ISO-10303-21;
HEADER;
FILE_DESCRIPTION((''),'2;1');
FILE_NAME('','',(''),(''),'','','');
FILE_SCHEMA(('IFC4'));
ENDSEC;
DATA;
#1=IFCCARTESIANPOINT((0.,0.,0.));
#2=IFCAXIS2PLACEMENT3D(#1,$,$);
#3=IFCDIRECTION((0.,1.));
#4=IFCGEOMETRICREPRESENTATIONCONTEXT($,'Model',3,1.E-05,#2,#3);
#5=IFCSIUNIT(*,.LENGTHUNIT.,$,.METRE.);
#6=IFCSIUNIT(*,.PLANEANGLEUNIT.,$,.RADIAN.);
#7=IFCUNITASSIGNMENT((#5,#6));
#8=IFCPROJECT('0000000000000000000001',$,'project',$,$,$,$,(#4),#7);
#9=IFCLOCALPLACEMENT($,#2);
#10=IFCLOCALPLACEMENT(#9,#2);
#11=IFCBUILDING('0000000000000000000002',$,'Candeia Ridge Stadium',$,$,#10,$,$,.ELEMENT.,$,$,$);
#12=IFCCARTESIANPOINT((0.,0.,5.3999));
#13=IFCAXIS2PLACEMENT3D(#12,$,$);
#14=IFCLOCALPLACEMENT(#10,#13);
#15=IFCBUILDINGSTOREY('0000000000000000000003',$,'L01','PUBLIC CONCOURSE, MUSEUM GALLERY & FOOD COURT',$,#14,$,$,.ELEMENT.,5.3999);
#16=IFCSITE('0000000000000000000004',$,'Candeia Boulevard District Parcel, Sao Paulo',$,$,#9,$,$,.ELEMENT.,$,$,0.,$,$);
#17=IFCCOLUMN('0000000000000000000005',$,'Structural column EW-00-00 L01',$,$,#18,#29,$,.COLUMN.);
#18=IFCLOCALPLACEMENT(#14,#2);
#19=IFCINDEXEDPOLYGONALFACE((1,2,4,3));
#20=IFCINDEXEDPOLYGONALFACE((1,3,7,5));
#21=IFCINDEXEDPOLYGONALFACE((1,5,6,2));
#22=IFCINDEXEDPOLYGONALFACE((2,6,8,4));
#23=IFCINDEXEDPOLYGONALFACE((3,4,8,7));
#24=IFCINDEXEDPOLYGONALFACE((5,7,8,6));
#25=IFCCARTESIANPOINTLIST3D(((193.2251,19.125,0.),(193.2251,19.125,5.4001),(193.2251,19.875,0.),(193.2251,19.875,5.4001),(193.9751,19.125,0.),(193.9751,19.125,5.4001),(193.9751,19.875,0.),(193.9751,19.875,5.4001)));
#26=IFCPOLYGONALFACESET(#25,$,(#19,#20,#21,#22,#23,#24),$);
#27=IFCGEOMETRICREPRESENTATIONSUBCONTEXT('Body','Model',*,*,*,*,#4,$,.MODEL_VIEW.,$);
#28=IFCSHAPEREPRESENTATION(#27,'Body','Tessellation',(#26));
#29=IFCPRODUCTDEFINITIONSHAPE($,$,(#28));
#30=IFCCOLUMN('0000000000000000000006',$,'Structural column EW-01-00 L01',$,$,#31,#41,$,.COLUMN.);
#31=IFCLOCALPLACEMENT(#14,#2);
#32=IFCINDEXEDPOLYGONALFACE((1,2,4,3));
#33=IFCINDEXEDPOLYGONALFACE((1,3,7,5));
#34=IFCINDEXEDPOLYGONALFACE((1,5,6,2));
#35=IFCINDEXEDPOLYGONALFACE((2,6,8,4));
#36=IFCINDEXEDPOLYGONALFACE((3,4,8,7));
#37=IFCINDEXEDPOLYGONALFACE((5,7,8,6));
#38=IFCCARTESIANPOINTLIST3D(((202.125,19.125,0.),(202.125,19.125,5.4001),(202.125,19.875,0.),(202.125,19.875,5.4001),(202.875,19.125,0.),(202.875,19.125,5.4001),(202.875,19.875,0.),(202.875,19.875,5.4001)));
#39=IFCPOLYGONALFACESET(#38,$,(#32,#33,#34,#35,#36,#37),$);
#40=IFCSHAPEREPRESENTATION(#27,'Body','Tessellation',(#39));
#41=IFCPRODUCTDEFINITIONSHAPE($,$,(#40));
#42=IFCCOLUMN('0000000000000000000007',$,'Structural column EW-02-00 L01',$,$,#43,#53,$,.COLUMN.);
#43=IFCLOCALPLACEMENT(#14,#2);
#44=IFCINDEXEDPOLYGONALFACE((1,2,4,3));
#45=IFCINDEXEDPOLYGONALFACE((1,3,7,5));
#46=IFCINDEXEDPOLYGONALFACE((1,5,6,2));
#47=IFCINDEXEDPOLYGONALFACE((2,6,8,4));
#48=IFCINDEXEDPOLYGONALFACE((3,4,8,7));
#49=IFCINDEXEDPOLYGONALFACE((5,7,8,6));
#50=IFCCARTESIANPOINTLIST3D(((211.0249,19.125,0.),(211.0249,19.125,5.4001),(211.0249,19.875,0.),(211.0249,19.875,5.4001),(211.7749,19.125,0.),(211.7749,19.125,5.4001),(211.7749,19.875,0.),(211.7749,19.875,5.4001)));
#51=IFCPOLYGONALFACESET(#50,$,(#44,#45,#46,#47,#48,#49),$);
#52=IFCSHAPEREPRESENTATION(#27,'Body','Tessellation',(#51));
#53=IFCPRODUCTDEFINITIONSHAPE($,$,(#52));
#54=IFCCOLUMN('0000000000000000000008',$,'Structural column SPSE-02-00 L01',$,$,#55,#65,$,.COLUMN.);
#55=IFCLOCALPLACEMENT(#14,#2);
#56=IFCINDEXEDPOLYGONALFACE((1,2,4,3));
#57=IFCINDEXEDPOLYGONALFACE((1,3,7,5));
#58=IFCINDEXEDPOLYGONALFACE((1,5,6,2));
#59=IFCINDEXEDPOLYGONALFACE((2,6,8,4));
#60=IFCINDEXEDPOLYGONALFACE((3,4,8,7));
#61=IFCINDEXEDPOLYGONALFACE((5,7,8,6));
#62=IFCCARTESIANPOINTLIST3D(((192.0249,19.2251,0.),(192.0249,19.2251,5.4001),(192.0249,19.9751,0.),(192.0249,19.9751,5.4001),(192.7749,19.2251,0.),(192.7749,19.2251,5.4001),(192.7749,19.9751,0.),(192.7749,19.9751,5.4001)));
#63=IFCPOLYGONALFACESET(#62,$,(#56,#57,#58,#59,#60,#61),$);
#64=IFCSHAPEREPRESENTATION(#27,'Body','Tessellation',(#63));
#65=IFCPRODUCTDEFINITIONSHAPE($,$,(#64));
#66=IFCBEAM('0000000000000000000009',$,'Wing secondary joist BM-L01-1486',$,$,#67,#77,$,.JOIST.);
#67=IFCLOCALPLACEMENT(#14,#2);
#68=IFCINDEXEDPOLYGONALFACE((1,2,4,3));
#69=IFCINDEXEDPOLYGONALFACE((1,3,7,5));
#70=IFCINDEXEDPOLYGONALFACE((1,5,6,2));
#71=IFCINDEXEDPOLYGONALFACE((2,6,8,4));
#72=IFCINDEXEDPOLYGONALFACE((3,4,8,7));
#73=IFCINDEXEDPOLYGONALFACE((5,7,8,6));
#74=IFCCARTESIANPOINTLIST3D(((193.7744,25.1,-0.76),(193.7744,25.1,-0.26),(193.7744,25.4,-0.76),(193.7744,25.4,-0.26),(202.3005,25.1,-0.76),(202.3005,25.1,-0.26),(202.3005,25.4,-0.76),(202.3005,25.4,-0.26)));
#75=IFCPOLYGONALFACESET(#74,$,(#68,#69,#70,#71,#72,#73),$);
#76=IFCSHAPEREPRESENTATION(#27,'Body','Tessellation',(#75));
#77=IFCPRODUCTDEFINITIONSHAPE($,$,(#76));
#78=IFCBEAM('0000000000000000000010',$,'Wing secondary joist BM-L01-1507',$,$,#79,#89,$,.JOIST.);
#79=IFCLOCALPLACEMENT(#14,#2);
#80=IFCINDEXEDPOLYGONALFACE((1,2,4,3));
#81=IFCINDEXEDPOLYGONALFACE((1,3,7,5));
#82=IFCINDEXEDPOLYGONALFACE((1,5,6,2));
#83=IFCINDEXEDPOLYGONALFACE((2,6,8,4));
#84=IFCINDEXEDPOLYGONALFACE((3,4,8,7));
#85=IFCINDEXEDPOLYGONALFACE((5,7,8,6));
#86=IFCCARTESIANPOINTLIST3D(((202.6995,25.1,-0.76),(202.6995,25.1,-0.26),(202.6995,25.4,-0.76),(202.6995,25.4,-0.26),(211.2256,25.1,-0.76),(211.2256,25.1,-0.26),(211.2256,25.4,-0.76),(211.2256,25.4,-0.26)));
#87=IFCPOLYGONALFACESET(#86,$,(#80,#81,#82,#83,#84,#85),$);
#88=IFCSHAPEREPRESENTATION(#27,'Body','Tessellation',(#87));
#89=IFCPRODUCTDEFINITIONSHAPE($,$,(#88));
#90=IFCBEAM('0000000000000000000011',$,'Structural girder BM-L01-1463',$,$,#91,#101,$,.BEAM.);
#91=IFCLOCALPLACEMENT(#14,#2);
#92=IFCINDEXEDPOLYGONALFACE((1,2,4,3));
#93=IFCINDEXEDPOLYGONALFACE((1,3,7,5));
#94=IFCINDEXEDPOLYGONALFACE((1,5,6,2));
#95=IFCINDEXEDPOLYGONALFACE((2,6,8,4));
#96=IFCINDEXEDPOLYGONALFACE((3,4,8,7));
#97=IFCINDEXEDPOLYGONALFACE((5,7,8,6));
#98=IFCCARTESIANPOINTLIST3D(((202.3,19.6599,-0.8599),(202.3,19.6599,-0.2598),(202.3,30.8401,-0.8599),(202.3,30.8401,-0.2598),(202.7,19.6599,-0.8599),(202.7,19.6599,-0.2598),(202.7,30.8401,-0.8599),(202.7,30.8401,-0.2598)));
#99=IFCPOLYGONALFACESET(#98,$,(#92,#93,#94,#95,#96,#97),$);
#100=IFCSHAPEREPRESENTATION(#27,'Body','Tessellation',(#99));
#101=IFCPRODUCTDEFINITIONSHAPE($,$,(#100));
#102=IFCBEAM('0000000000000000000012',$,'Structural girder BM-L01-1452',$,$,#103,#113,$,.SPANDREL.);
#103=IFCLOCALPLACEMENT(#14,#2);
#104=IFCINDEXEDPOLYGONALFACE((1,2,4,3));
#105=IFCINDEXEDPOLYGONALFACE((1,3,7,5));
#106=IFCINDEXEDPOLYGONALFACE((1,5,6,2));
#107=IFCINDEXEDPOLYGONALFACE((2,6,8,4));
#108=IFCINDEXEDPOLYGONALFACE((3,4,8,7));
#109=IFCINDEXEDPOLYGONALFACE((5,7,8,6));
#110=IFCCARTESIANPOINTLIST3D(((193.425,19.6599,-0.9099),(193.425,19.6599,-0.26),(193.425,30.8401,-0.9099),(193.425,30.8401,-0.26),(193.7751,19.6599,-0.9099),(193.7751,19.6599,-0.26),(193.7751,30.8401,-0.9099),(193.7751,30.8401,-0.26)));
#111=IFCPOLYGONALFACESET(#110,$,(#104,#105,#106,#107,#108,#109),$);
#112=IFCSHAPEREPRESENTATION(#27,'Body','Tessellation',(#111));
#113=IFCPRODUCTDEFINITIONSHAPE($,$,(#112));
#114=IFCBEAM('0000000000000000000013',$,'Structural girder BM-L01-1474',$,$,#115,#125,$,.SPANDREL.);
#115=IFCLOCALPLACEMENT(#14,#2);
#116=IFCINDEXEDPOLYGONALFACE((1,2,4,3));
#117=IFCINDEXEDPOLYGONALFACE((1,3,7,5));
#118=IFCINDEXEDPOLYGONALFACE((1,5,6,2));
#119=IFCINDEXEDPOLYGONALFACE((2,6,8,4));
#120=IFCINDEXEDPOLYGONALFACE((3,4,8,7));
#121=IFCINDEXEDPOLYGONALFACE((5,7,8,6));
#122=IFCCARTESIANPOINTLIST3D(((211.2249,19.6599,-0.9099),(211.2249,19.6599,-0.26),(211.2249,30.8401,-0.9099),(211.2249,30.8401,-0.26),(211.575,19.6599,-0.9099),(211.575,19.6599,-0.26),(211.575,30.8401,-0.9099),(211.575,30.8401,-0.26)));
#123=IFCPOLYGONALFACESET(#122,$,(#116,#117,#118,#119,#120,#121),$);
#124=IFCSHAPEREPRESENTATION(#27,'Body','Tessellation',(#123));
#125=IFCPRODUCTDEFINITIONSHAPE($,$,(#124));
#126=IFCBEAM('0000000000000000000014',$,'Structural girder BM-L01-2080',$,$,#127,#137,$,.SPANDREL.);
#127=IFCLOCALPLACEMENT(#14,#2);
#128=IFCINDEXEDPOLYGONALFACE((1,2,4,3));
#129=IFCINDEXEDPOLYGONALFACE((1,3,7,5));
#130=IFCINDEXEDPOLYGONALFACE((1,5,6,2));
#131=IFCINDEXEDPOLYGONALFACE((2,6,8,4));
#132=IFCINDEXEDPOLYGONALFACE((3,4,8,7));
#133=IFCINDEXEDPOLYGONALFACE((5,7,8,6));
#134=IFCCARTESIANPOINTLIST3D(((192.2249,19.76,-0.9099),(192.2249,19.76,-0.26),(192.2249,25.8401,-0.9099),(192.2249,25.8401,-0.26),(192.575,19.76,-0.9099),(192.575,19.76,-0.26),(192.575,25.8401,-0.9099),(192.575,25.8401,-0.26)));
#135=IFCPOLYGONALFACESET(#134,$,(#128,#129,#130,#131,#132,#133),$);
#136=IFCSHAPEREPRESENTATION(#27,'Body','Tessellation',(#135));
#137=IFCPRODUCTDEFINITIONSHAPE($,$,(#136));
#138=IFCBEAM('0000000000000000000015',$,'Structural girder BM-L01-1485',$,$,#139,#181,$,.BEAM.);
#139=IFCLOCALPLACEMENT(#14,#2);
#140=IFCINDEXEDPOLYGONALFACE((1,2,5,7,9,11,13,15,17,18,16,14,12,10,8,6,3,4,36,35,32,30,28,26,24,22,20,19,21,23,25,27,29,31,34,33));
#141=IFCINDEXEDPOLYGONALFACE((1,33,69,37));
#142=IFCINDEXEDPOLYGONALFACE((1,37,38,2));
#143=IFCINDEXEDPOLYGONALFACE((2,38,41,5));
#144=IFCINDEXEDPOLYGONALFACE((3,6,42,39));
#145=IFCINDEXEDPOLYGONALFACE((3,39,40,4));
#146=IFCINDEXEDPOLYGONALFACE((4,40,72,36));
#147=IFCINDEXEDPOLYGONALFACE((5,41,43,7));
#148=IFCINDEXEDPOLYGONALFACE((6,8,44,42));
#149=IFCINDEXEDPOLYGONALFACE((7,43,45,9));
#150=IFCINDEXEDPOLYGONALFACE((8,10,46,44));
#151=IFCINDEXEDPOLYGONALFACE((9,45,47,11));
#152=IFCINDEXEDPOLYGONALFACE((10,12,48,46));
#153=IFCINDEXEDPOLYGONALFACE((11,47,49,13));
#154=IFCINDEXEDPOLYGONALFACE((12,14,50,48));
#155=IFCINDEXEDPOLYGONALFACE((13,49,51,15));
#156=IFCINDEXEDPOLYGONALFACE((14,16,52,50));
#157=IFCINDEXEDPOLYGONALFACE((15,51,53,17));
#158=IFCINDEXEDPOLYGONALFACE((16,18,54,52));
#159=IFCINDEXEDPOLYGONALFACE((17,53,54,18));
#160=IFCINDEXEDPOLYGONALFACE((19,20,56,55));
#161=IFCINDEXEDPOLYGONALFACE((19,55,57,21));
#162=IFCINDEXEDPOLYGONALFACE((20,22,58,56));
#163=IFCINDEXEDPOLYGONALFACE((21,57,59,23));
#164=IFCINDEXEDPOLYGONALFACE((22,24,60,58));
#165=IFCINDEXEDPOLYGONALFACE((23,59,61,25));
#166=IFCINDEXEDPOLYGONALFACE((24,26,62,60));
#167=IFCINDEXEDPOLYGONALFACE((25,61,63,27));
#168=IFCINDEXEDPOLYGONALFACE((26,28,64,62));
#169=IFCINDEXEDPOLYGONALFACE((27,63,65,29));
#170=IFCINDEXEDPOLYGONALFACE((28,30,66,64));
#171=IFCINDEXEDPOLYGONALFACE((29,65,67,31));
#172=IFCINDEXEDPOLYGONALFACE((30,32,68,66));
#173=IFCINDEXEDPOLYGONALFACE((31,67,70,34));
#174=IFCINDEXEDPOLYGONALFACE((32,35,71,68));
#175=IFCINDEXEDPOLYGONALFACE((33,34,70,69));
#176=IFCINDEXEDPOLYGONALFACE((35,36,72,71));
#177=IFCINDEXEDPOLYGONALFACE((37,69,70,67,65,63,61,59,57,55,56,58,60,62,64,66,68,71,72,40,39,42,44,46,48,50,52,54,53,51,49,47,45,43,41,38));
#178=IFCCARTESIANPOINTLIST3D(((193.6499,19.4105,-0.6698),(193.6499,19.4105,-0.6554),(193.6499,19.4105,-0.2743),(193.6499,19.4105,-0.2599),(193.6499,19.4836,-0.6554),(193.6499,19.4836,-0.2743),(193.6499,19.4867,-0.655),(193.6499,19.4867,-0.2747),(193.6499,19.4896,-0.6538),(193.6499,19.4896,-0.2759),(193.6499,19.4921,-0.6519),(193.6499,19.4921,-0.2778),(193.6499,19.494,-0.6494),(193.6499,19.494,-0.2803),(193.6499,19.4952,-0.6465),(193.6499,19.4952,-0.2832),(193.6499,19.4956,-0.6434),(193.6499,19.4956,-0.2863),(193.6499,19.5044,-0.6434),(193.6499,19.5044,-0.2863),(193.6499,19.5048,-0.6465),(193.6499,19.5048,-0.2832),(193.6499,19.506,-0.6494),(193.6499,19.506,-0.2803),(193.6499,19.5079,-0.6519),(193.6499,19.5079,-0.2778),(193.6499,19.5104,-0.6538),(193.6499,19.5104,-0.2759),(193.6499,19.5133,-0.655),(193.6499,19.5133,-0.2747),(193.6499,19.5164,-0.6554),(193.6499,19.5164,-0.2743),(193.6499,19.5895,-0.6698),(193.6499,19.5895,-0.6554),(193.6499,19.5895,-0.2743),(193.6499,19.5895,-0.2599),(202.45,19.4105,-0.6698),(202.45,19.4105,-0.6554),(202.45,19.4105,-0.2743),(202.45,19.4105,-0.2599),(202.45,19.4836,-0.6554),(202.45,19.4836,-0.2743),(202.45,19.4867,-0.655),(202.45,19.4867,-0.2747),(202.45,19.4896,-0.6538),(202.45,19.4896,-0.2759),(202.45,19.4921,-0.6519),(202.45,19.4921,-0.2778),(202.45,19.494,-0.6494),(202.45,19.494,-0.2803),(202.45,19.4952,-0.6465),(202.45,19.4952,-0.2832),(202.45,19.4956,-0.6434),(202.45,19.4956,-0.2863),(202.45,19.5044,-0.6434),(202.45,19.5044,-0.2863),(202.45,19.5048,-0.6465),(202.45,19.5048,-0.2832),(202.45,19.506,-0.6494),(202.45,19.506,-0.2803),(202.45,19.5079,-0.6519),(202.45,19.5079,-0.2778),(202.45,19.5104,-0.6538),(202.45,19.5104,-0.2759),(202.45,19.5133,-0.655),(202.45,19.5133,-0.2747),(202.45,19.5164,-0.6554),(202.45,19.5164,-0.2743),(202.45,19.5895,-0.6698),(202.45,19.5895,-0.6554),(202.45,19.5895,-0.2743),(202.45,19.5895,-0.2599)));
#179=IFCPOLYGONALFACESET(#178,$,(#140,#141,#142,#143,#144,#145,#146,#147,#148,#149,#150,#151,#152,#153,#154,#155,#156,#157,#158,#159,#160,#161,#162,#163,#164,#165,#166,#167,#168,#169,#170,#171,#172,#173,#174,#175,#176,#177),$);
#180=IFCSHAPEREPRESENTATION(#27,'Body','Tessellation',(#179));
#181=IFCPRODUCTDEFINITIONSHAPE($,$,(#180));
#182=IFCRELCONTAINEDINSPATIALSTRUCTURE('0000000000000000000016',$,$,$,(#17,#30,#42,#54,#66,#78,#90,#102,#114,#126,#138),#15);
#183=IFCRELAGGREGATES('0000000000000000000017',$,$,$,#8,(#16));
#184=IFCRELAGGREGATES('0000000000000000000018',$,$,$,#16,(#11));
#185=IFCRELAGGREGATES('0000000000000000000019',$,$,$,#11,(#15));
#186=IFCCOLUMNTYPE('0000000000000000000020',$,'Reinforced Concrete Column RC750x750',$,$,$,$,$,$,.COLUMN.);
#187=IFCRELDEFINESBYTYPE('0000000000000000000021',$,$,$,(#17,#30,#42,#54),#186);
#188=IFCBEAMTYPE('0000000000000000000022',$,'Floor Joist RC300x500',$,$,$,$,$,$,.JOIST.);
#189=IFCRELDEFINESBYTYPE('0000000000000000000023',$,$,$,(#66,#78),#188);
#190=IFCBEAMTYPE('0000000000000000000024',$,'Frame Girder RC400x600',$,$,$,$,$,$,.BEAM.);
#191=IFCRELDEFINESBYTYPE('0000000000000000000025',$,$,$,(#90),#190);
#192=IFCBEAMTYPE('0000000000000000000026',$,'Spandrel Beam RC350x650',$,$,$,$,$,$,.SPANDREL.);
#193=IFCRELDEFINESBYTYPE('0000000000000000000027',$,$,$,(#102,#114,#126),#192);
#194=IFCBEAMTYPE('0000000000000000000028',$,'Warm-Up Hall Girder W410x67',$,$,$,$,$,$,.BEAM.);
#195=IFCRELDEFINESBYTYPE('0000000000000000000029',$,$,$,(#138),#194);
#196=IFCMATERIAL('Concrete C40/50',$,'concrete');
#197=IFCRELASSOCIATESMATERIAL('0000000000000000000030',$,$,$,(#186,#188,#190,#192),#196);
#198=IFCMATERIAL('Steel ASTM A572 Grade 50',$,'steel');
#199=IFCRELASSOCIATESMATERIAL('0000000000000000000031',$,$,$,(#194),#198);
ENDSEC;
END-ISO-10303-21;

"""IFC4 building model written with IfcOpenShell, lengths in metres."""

from ifc_helpers import new_model, si_unit, direction, frame, origin, origin_2d, place, context, subcontext, project, spatial, rectangle, i_section, extrude, material, material_profile, profile_set, type_object, element, save


model = new_model("IFC4")

# Units and contexts
model_context = context("Model", 3, precision=1e-05, world=origin(), true_north=direction((0.0, 1.0)))
body_context = subcontext(model_context, "Body", "Model", "MODEL_VIEW")
ifc_project = project(units=[si_unit("LENGTHUNIT", "METRE"), si_unit("PLANEANGLEUNIT", "RADIAN")], contexts=[model_context])

# Site, building, storey
site_placement = place(None, origin())
site = spatial("IfcSite", under=ifc_project, at=site_placement, Name="Candeia Boulevard District Parcel, Sao Paulo", CompositionType="ELEMENT", RefElevation=0.0)
building_placement = place(site_placement, origin())
building = spatial("IfcBuilding", under=site, at=building_placement, Name="Candeia Ridge Stadium", CompositionType="ELEMENT")
storey_placement = place(building_placement, frame((0.0, 0.0, 5.3999)))
storey = spatial("IfcBuildingStorey", under=building, at=storey_placement, Name="L01", Description="PUBLIC CONCOURSE, MUSEUM GALLERY & FOOD COURT", CompositionType="ELEMENT", Elevation=5.3999)

# Columns
ifc_material_1 = material(Name="Concrete C40/50", Category="concrete")
ifc_material_profile_1 = material_profile(ifc_material_1, rectangle(XDim=0.75, YDim=0.75, at=origin_2d()), Name="RC750x750", Category="concrete")
ifc_profile_set_1 = profile_set([ifc_material_profile_1], Name="Concrete C40/50")
column_type = type_object("IfcColumnType", Name="Reinforced Concrete Column RC750x750", PredefinedType="COLUMN", material=ifc_profile_set_1)
for number, where, z_axis, x_axis, name in (
    (1, (193.6001, 19.5, 0.0), (0.0, 0.0, 1.0), (1.0, 0.0, 0.0), "Structural column EW-00-00 L01"),
    (2, (202.5, 19.5, 0.0), (0.0, 0.0, 1.0), (1.0, 0.0, 0.0), "Structural column EW-01-00 L01"),
    (3, (211.3999, 19.5, 0.0), (0.0, 0.0, 1.0), (1.0, 0.0, 0.0), "Structural column EW-02-00 L01"),
    (4, (192.3999, 19.6001, 0.0), (0.0, 0.0, 1.0), (1.0, 0.0, 0.0), "Structural column SPSE-02-00 L01"),
):
    element("IfcColumn", number, at=place(storey_placement, frame(where, z_axis=z_axis, x_axis=x_axis)), inside=storey, type_object=column_type, Name=name, PredefinedType="COLUMN", context=body_context, shape_type="SweptSolid", body=[
        extrude(rectangle(XDim=0.75, YDim=0.75, at=origin_2d()), origin(), (0.0, 0.0, 1.0), 5.4001),
    ])

# Beams
ifc_material_profile_2 = material_profile(ifc_material_1, rectangle(XDim=0.3, YDim=0.5, at=origin_2d()), Name="RC300x500", Category="concrete")
ifc_profile_set_2 = profile_set([ifc_material_profile_2], Name="Concrete C40/50")
beam_type_1 = type_object("IfcBeamType", Name="Floor Joist RC300x500", PredefinedType="JOIST", material=ifc_profile_set_2)
for number, where, z_axis, x_axis, name in (
    (5, (193.7744, 25.25, -0.51), (1.0, 0.0, 0.0), (0.0, 1.0, 0.0), "Wing secondary joist BM-L01-1486"),
    (6, (202.6995, 25.25, -0.51), (1.0, 0.0, 0.0), (0.0, 1.0, 0.0), "Wing secondary joist BM-L01-1507"),
):
    element("IfcBeam", number, at=place(storey_placement, frame(where, z_axis=z_axis, x_axis=x_axis)), inside=storey, type_object=beam_type_1, Name=name, PredefinedType="JOIST", context=body_context, shape_type="SweptSolid", body=[
        extrude(rectangle(XDim=0.3, YDim=0.5, at=origin_2d()), origin(), (0.0, 0.0, 1.0), 8.5261),
    ])
ifc_material_profile_3 = material_profile(ifc_material_1, rectangle(XDim=0.3999, YDim=0.6001, at=origin_2d()), Name="RC400x600", Category="concrete")
ifc_profile_set_3 = profile_set([ifc_material_profile_3], Name="Concrete C40/50")
beam_type_2 = type_object("IfcBeamType", Name="Frame Girder RC400x600", PredefinedType="BEAM", material=ifc_profile_set_3)
beam_1_placement = place(storey_placement, frame((202.5, 19.6599, -0.5598), z_axis=(0.0, 1.0, 0.0), x_axis=(-1.0, 0.0, 0.0)))
element("IfcBeam", 7, at=beam_1_placement, inside=storey, type_object=beam_type_2, Name="Structural girder BM-L01-1463", PredefinedType="BEAM", context=body_context, shape_type="SweptSolid", body=[
    extrude(rectangle(XDim=0.3999, YDim=0.6001, at=origin_2d()), origin(), (0.0, 0.0, 1.0), 11.1802),
])
ifc_material_profile_4 = material_profile(ifc_material_1, rectangle(XDim=0.3501, YDim=0.6499, at=origin_2d()), Name="RC350x650", Category="concrete")
ifc_profile_set_4 = profile_set([ifc_material_profile_4], Name="Concrete C40/50")
beam_type_3 = type_object("IfcBeamType", Name="Spandrel Beam RC350x650", PredefinedType="SPANDREL", material=ifc_profile_set_4)
for number, where, z_axis, x_axis, name in (
    (8, (193.6001, 19.6599, -0.585), (0.0, 1.0, 0.0), (-1.0, 0.0, 0.0), "Structural girder BM-L01-1452"),
    (9, (211.3999, 19.6599, -0.585), (0.0, 1.0, 0.0), (-1.0, 0.0, 0.0), "Structural girder BM-L01-1474"),
):
    element("IfcBeam", number, at=place(storey_placement, frame(where, z_axis=z_axis, x_axis=x_axis)), inside=storey, type_object=beam_type_3, Name=name, PredefinedType="SPANDREL", context=body_context, shape_type="SweptSolid", body=[
        extrude(rectangle(XDim=0.3501, YDim=0.6499, at=origin_2d()), origin(), (0.0, 0.0, 1.0), 11.1802),
    ])
beam_2_placement = place(storey_placement, frame((192.3999, 19.76, -0.585), z_axis=(0.0, 1.0, 0.0), x_axis=(-1.0, 0.0, 0.0)))
element("IfcBeam", 10, at=beam_2_placement, inside=storey, type_object=beam_type_3, Name="Structural girder BM-L01-2080", PredefinedType="SPANDREL", context=body_context, shape_type="SweptSolid", body=[
    extrude(rectangle(XDim=0.3501, YDim=0.6499, at=origin_2d()), origin(), (0.0, 0.0, 1.0), 6.0801),
])
ifc_material_2 = material(Name="Steel ASTM A572 Grade 50", Category="steel")
ifc_material_profile_5 = material_profile(ifc_material_2, i_section(OverallWidth=0.179, OverallDepth=0.4099, WebThickness=0.0088, FlangeThickness=0.0144, FilletRadius=0.012, at=origin_2d()), Name="W410x67", Category="steel")
ifc_profile_set_5 = profile_set([ifc_material_profile_5], Name="Steel ASTM A572 Grade 50")
beam_type_4 = type_object("IfcBeamType", Name="Warm-Up Hall Girder W410x67", PredefinedType="BEAM", material=ifc_profile_set_5)
for number, where, z_axis, x_axis, name in (
    (11, (193.6499, 19.5, -0.4648), (1.0, 0.0, 0.0), (0.0, 1.0, 0.0), "Structural girder BM-L01-1485"),
):
    element("IfcBeam", number, at=place(storey_placement, frame(where, z_axis=z_axis, x_axis=x_axis)), inside=storey, type_object=beam_type_4, Name=name, PredefinedType="BEAM", context=body_context, shape_type="SweptSolid", body=[
        extrude(i_section(OverallWidth=0.179, OverallDepth=0.4099, WebThickness=0.0088, FlangeThickness=0.0144, FilletRadius=0.012, at=origin_2d()), origin(), (0.0, 0.0, 1.0), 8.8),
    ])

save(model, "model.ifc")
